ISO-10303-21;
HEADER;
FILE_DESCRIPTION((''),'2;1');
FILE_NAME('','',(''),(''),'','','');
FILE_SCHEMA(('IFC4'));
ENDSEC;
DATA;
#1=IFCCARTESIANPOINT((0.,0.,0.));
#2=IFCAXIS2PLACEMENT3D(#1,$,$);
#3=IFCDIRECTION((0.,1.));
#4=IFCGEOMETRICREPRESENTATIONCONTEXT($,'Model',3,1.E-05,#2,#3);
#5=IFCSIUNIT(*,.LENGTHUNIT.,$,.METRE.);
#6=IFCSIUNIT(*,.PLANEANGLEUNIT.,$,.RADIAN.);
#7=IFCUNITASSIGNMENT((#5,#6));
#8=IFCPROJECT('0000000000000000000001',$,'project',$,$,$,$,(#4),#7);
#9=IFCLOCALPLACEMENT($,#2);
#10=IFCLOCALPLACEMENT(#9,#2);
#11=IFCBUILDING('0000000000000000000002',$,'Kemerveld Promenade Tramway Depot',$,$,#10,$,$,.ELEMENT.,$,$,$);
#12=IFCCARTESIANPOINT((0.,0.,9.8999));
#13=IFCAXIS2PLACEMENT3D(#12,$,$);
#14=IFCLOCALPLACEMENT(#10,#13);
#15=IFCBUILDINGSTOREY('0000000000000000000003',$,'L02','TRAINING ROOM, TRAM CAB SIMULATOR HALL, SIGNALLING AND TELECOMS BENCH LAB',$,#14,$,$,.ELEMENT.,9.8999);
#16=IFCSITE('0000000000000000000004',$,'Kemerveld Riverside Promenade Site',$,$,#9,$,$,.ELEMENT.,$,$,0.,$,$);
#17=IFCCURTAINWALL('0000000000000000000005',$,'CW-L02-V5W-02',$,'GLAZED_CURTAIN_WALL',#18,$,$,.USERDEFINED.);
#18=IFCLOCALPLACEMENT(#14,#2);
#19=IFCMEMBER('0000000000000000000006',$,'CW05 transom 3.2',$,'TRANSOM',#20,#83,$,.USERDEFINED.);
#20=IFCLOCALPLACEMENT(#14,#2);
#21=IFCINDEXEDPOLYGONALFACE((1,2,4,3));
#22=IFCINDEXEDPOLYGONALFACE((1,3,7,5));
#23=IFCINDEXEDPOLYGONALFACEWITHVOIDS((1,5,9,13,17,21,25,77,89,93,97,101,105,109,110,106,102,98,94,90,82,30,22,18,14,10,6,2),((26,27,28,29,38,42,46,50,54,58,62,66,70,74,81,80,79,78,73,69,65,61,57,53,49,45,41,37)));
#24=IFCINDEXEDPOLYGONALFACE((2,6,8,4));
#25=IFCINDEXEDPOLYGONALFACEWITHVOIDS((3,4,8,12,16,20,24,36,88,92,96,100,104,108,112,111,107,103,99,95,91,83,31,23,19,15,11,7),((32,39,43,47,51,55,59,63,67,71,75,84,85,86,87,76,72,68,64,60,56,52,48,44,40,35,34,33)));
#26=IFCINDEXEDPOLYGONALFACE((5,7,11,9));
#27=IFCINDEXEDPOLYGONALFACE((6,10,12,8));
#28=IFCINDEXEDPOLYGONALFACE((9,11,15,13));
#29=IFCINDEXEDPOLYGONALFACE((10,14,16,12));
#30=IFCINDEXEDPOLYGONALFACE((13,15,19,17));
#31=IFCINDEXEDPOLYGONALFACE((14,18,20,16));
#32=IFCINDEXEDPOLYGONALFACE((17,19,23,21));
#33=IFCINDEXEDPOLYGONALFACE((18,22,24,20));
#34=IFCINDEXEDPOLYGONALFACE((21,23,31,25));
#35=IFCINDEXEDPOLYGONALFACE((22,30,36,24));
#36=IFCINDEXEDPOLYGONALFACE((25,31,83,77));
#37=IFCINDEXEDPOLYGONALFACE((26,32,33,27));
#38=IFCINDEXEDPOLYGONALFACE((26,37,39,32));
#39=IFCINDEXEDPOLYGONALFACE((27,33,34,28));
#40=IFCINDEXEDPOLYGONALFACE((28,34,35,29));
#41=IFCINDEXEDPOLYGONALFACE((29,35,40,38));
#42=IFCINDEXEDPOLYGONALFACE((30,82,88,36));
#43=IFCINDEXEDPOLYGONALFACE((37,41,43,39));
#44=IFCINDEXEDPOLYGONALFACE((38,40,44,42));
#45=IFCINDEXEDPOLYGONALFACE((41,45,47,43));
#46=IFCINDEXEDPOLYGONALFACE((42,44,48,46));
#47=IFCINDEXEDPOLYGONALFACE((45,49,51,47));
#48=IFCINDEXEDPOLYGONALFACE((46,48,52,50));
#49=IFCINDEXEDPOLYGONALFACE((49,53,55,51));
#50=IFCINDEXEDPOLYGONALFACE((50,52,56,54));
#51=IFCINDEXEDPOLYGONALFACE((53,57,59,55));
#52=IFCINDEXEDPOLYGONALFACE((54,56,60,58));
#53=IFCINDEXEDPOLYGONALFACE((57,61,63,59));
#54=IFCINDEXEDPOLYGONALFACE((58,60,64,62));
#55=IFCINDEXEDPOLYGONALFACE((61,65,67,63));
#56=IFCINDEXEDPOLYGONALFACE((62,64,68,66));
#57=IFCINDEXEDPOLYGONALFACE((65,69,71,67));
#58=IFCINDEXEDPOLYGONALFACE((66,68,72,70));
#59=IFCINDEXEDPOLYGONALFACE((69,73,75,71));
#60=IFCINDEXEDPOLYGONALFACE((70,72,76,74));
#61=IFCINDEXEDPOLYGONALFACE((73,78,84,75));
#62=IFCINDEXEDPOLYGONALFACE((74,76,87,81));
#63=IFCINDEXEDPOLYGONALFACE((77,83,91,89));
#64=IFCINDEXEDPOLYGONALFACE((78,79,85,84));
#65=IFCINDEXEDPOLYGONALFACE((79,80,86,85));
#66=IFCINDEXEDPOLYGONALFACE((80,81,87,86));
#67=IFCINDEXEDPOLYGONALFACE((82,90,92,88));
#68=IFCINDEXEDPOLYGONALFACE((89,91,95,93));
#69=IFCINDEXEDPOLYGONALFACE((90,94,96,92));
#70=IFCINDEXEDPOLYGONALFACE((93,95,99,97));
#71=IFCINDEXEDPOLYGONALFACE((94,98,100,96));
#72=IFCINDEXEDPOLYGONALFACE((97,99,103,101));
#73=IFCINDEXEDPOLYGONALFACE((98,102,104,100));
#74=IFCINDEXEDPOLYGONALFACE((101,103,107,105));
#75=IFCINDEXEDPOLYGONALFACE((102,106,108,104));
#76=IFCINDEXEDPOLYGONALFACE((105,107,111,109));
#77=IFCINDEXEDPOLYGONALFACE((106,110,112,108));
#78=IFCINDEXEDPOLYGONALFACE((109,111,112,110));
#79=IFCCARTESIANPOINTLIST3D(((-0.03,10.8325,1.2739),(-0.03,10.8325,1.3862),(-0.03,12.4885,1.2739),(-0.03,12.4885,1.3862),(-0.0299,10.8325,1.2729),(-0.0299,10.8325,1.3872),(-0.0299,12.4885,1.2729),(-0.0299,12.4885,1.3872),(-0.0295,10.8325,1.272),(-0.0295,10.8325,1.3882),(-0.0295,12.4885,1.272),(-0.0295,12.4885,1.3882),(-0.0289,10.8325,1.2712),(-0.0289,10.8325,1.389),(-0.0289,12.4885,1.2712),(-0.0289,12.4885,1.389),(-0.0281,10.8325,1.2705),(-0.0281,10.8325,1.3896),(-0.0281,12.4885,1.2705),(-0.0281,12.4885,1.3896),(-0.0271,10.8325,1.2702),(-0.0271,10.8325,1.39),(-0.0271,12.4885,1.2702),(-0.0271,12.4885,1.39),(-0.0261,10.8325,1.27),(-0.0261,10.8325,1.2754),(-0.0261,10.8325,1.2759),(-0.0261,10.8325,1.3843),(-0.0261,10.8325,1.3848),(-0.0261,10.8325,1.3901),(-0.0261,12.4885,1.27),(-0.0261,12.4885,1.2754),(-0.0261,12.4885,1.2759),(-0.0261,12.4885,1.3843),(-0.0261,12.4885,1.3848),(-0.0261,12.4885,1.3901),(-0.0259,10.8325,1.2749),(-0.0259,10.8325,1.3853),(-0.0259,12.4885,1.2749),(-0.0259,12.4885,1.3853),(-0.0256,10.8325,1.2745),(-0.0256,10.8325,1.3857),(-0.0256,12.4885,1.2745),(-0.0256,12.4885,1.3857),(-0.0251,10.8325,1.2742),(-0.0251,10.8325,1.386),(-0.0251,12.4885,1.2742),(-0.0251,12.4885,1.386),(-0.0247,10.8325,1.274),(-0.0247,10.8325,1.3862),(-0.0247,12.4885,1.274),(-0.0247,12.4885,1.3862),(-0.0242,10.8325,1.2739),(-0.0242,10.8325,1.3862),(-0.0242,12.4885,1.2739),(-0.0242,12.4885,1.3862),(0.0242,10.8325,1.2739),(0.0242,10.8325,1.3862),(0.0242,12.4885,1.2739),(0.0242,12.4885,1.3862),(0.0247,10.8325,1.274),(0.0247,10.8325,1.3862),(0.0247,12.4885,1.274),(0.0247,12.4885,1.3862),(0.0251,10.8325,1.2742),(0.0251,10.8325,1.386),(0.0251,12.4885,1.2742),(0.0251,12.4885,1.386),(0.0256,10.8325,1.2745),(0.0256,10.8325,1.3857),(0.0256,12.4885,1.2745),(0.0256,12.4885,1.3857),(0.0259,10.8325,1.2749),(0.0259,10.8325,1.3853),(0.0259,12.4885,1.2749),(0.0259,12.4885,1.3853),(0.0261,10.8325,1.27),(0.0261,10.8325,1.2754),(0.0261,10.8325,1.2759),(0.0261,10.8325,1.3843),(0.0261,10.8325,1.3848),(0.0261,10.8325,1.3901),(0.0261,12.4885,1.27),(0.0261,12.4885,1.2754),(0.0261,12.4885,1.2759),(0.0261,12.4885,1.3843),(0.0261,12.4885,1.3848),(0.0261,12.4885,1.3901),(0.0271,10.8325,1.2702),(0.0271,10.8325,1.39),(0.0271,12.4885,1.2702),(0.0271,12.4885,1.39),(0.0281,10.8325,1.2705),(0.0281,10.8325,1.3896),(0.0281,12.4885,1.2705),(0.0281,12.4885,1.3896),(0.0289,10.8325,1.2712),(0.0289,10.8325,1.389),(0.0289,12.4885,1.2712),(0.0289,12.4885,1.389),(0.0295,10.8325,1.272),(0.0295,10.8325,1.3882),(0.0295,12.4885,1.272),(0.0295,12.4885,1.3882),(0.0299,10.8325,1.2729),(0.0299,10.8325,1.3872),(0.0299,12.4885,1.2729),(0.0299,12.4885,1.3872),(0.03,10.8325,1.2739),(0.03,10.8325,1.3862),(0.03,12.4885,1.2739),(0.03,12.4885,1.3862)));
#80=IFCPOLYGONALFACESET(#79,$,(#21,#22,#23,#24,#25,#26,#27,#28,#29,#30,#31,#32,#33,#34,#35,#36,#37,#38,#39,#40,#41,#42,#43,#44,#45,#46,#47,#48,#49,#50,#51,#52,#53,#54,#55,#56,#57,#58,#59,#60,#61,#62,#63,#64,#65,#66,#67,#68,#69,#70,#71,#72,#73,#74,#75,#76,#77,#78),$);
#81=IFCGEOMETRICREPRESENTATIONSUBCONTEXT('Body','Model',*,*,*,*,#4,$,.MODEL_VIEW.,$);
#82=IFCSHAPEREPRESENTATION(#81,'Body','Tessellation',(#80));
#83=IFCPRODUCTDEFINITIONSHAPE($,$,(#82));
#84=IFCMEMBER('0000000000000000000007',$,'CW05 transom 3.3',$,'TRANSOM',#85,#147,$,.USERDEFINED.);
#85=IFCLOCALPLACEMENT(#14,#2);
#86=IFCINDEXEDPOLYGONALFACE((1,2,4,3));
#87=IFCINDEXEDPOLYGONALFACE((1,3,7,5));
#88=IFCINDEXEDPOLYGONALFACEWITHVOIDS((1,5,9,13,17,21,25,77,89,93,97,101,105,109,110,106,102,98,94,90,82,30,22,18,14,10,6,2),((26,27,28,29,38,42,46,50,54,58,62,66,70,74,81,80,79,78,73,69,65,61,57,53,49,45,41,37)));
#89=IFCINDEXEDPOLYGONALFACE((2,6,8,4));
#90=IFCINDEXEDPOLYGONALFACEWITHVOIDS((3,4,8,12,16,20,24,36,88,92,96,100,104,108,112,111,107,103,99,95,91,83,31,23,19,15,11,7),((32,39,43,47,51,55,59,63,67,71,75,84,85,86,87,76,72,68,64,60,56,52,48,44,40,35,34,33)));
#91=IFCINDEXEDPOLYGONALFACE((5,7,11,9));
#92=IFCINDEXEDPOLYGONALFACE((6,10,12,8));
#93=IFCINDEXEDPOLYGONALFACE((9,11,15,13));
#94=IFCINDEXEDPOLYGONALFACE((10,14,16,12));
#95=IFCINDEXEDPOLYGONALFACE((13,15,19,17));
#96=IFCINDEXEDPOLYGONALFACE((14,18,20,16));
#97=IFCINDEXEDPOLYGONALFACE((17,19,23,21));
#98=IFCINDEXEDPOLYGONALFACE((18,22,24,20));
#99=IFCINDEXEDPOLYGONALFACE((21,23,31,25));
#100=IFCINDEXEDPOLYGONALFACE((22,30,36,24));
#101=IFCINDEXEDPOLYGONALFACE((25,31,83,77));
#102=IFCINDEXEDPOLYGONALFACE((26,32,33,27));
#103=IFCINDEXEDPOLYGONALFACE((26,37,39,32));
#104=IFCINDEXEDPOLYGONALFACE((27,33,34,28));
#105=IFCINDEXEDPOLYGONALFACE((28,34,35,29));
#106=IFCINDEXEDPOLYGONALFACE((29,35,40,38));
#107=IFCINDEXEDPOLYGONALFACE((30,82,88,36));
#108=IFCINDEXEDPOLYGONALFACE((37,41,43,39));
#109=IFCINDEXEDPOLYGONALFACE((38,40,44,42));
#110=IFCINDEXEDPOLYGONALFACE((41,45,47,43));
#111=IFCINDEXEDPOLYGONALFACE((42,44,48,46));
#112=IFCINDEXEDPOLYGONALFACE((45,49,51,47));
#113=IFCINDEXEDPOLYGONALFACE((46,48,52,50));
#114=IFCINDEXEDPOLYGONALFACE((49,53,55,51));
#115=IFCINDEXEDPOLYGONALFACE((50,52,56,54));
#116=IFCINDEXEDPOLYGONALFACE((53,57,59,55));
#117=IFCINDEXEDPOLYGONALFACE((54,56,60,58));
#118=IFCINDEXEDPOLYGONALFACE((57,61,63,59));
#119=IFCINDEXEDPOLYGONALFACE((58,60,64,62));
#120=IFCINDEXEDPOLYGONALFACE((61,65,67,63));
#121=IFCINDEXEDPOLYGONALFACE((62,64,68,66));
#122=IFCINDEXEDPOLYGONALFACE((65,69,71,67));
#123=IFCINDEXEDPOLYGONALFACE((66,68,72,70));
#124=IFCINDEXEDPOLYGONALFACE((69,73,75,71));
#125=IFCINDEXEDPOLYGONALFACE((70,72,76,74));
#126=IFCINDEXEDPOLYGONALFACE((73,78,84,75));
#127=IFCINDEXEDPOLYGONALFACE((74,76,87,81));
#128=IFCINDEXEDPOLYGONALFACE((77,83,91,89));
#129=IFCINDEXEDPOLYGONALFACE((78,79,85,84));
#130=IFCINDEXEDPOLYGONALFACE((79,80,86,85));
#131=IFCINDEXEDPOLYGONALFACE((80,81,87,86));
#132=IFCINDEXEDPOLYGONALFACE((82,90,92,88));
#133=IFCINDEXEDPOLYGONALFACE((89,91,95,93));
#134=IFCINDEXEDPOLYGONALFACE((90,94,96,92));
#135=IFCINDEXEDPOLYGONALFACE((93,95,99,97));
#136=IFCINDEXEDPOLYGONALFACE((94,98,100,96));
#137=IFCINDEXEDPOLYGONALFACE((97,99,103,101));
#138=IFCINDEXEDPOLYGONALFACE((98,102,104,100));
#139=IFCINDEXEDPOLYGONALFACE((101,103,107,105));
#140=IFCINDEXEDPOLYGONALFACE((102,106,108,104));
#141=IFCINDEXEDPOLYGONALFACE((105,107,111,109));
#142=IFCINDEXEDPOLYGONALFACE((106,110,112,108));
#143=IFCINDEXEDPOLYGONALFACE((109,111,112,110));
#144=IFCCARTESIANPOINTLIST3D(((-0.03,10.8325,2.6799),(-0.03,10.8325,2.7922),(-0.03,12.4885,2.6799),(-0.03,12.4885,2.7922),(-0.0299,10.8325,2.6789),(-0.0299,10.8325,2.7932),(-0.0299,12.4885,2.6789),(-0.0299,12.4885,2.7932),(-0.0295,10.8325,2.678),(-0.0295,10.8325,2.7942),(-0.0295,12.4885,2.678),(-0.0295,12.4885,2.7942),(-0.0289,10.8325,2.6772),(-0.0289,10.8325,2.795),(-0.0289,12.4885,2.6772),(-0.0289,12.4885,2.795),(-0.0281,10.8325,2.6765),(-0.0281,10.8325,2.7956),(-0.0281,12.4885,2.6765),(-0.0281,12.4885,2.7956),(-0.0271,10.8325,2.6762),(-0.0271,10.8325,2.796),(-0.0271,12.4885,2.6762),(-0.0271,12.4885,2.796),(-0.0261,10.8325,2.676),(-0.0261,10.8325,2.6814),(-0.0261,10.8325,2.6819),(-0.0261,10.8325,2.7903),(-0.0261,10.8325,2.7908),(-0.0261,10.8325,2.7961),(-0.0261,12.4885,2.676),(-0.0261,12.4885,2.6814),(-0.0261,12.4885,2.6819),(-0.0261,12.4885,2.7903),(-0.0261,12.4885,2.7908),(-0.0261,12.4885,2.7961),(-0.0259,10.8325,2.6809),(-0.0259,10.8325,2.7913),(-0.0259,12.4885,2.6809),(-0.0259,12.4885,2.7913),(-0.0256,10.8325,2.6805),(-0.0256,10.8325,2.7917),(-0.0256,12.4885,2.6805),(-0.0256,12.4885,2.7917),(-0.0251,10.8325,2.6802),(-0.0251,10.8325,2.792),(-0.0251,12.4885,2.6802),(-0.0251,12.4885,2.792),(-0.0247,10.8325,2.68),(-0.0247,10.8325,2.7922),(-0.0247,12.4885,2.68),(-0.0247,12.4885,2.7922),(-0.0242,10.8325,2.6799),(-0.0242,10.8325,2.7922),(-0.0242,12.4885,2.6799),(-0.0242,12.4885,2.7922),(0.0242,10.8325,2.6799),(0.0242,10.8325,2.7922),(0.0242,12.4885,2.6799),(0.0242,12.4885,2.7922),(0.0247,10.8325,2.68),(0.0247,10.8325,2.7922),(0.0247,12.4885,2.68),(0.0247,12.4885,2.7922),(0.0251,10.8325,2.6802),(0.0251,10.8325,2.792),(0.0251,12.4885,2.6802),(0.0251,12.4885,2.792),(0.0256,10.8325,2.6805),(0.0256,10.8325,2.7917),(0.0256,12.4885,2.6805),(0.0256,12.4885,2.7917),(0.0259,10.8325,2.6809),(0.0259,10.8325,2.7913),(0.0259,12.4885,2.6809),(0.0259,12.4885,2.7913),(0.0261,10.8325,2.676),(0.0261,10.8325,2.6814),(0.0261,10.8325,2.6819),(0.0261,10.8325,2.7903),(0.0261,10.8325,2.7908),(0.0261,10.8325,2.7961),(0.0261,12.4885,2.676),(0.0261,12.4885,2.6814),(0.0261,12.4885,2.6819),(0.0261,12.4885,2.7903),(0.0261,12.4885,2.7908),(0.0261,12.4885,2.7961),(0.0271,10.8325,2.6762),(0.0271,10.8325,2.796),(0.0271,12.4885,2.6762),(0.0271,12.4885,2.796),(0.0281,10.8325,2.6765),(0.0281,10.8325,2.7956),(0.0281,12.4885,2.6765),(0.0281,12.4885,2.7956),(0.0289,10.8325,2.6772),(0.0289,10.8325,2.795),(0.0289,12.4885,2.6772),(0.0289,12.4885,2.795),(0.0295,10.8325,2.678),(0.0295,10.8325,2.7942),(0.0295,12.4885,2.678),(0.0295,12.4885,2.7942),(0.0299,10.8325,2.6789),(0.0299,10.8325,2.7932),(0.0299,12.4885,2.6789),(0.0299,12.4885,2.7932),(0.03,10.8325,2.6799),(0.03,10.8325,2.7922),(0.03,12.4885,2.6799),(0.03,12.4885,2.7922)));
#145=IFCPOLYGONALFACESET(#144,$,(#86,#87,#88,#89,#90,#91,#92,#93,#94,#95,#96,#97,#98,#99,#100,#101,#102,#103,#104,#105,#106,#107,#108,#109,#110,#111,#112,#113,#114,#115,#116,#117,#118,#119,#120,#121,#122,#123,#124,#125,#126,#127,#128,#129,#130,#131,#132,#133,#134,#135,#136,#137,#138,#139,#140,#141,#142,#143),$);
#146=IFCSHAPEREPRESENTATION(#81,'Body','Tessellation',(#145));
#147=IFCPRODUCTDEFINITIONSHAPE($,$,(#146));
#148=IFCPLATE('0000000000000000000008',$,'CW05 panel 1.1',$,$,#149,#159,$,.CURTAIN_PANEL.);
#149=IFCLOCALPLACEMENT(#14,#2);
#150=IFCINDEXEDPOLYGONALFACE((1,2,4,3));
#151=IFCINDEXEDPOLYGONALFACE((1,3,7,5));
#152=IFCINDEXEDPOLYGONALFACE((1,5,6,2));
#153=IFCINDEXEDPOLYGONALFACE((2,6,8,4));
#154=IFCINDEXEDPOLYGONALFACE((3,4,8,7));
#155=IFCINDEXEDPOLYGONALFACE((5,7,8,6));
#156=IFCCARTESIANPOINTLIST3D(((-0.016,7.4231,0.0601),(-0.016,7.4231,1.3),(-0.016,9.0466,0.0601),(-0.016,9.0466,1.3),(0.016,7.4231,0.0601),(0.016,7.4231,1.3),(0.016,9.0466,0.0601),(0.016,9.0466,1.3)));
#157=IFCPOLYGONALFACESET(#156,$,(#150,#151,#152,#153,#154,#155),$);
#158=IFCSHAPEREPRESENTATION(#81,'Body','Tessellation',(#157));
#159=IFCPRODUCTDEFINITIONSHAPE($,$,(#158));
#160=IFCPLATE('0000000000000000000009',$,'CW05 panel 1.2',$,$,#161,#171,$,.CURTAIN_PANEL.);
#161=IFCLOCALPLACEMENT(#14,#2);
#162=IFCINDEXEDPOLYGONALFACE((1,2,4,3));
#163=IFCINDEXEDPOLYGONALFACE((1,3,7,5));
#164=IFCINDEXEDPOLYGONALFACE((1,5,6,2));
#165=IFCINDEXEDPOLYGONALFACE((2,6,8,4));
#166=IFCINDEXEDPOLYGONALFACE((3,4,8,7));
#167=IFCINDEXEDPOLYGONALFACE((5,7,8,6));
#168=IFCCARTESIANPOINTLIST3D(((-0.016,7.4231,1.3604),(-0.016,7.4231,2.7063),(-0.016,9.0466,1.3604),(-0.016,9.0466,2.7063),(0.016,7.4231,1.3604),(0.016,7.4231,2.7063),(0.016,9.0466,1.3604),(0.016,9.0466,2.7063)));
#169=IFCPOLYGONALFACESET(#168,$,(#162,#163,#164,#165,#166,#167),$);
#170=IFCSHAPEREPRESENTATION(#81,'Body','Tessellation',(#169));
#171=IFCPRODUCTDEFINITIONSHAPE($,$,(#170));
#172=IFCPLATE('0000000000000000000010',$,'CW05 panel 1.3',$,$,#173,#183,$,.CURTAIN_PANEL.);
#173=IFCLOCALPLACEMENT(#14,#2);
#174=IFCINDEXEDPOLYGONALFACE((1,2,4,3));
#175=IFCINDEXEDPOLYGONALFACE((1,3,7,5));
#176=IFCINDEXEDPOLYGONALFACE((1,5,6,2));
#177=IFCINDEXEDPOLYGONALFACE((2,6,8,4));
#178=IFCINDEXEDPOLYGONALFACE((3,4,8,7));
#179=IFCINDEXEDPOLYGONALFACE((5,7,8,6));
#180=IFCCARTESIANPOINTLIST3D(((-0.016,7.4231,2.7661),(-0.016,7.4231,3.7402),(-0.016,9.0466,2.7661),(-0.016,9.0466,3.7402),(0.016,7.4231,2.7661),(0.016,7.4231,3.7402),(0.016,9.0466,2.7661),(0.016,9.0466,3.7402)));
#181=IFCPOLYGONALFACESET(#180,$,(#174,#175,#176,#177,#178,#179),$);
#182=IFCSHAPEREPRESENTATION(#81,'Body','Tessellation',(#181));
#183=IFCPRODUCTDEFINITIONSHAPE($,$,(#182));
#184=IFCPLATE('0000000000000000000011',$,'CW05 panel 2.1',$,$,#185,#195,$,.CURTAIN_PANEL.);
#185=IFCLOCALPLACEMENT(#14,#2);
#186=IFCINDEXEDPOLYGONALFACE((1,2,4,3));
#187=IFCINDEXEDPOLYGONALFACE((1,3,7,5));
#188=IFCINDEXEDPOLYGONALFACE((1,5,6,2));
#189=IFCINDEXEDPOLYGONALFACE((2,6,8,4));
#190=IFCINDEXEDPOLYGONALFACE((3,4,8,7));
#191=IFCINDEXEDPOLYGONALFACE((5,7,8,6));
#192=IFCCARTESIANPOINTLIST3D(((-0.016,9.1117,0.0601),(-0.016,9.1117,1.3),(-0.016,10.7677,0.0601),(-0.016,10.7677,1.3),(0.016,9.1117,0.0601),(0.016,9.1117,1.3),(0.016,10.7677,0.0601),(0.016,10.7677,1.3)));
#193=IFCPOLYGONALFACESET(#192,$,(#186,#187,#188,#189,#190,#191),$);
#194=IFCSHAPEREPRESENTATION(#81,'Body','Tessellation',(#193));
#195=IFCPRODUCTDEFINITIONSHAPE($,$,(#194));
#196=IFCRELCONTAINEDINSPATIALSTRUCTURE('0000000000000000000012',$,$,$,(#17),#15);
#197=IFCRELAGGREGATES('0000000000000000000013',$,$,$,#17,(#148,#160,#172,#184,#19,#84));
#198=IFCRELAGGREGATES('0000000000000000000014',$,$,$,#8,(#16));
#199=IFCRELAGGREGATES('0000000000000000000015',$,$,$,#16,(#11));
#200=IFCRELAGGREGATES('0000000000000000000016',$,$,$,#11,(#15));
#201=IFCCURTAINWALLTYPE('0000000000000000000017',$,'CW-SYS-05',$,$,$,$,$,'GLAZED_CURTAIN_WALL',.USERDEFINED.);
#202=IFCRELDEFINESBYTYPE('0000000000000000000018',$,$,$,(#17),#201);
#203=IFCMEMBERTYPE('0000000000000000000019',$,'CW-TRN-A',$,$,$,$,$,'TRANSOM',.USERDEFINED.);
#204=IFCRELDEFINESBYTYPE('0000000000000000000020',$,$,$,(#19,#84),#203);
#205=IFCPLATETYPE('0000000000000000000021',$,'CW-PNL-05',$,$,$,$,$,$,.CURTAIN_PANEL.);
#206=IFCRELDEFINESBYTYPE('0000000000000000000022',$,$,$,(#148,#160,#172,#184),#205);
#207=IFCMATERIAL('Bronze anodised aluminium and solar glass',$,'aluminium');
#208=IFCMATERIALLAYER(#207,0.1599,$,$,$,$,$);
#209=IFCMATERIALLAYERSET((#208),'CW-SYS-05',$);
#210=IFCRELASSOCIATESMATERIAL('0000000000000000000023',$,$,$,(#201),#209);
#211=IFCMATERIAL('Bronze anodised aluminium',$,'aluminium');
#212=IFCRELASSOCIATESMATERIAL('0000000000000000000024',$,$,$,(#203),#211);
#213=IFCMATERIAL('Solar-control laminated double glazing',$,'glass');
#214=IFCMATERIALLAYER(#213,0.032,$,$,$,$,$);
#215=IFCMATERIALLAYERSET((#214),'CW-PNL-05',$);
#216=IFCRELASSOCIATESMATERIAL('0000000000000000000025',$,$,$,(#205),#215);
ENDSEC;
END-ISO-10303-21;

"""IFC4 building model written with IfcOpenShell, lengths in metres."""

from ifc_helpers import new_model, si_unit, direction, frame, origin, origin_2d, place, context, subcontext, project, spatial, rectangle, hollow_rectangle, extrude, material, layer, layer_set, material_profile, profile_set, type_object, element, aggregate, save


model = new_model("IFC4")

# Units and contexts
model_context = context("Model", 3, precision=1e-05, world=origin(), true_north=direction((0.0, 1.0)))
body_context = subcontext(model_context, "Body", "Model", "MODEL_VIEW")
ifc_project = project(units=[si_unit("LENGTHUNIT", "METRE"), si_unit("PLANEANGLEUNIT", "RADIAN")], contexts=[model_context])

# Site, building, storey
site_placement = place(None, origin())
site = spatial("IfcSite", under=ifc_project, at=site_placement, Name="Kemerveld Riverside Promenade Site", CompositionType="ELEMENT", RefElevation=0.0)
building_placement = place(site_placement, origin())
building = spatial("IfcBuilding", under=site, at=building_placement, Name="Kemerveld Promenade Tramway Depot", CompositionType="ELEMENT")
storey_placement = place(building_placement, frame((0.0, 0.0, 9.8999)))
storey = spatial("IfcBuildingStorey", under=building, at=storey_placement, Name="L02", Description="TRAINING ROOM, TRAM CAB SIMULATOR HALL, SIGNALLING AND TELECOMS BENCH LAB", CompositionType="ELEMENT", Elevation=9.8999)

# Curtain wall, members, plates
ifc_material_1 = material(Name="Bronze anodised aluminium and solar glass", Category="aluminium")
ifc_layer_1 = layer(ifc_material_1, 0.1599)
ifc_layer_set_1 = layer_set([ifc_layer_1], Name="CW-SYS-05")
curtain_wall_type = type_object("IfcCurtainWallType", Name="CW-SYS-05", ElementType="GLAZED_CURTAIN_WALL", PredefinedType="USERDEFINED", material=ifc_layer_set_1)
curtain_wall_placement = place(storey_placement, origin())
curtain_wall = element("IfcCurtainWall", 1, at=curtain_wall_placement, inside=storey, type_object=curtain_wall_type, Name="CW-L02-V5W-02", ObjectType="GLAZED_CURTAIN_WALL", PredefinedType="USERDEFINED")
ifc_material_2 = material(Name="Bronze anodised aluminium", Category="aluminium")
ifc_material_profile_1 = material_profile(ifc_material_2, hollow_rectangle(XDim=0.0601, YDim=0.1201, WallThickness=0.0039, InnerFilletRadius=0.002, OuterFilletRadius=0.0039, at=origin_2d()), Name="CW-TRN-120x60")
ifc_profile_set_1 = profile_set([ifc_material_profile_1], Name="Bronze anodised aluminium")
member_type_1 = type_object("IfcMemberType", Name="CW-TRN-A", ElementType="TRANSOM", PredefinedType="USERDEFINED", material=ifc_profile_set_1)
member_1_placement = place(storey_placement, frame((0.0, 10.8325, 1.3301), z_axis=(0.0, 1.0, 0.0), x_axis=(-1.0, 0.0, 0.0)))
member_1 = element("IfcMember", 2, at=member_1_placement, type_object=member_type_1, Name="CW05 transom 3.2", ObjectType="TRANSOM", PredefinedType="USERDEFINED", context=body_context, shape_type="SweptSolid", body=[
    extrude(hollow_rectangle(XDim=0.0601, YDim=0.1201, WallThickness=0.0039, InnerFilletRadius=0.002, OuterFilletRadius=0.0039, at=origin_2d()), origin(), (0.0, 0.0, 1.0), 1.656),
])
member_2_placement = place(storey_placement, frame((0.0, 10.8325, 2.7361), z_axis=(0.0, 1.0, 0.0), x_axis=(-1.0, 0.0, 0.0)))
member_2 = element("IfcMember", 3, at=member_2_placement, type_object=member_type_1, Name="CW05 transom 3.3", ObjectType="TRANSOM", PredefinedType="USERDEFINED", context=body_context, shape_type="SweptSolid", body=[
    extrude(hollow_rectangle(XDim=0.0601, YDim=0.1201, WallThickness=0.0039, InnerFilletRadius=0.002, OuterFilletRadius=0.0039, at=origin_2d()), origin(), (0.0, 0.0, 1.0), 1.656),
])
ifc_material_3 = material(Name="Solar-control laminated double glazing", Category="glass")
ifc_layer_2 = layer(ifc_material_3, 0.032)
ifc_layer_set_2 = layer_set([ifc_layer_2], Name="CW-PNL-05")
plate_type = type_object("IfcPlateType", Name="CW-PNL-05", PredefinedType="CURTAIN_PANEL", material=ifc_layer_set_2)
plate_1_placement = place(storey_placement, frame((0.0, 8.2349, 0.0601), z_axis=(0.0, 0.0, 1.0), x_axis=(0.0, 1.0, 0.0)))
plate_1 = element("IfcPlate", 4, at=plate_1_placement, type_object=plate_type, Name="CW05 panel 1.1", PredefinedType="CURTAIN_PANEL", context=body_context, shape_type="SweptSolid", body=[
    extrude(rectangle(XDim=1.6235, YDim=0.032, at=origin_2d()), origin(), (0.0, 0.0, 1.0), 1.24),
])
plate_2_placement = place(storey_placement, frame((0.0, 8.2349, 1.3604), z_axis=(0.0, 0.0, 1.0), x_axis=(0.0, 1.0, 0.0)))
plate_2 = element("IfcPlate", 5, at=plate_2_placement, type_object=plate_type, Name="CW05 panel 1.2", PredefinedType="CURTAIN_PANEL", context=body_context, shape_type="SweptSolid", body=[
    extrude(rectangle(XDim=1.6235, YDim=0.032, at=origin_2d()), origin(), (0.0, 0.0, 1.0), 1.3459),
])
plate_3_placement = place(storey_placement, frame((0.0, 8.2349, 2.7661), z_axis=(0.0, 0.0, 1.0), x_axis=(0.0, 1.0, 0.0)))
plate_3 = element("IfcPlate", 6, at=plate_3_placement, type_object=plate_type, Name="CW05 panel 1.3", PredefinedType="CURTAIN_PANEL", context=body_context, shape_type="SweptSolid", body=[
    extrude(rectangle(XDim=1.6235, YDim=0.032, at=origin_2d()), origin(), (0.0, 0.0, 1.0), 0.9741),
])
plate_4_placement = place(storey_placement, frame((0.0, 9.9397, 0.0601), z_axis=(0.0, 0.0, 1.0), x_axis=(0.0, 1.0, 0.0)))
plate_4 = element("IfcPlate", 7, at=plate_4_placement, type_object=plate_type, Name="CW05 panel 2.1", PredefinedType="CURTAIN_PANEL", context=body_context, shape_type="SweptSolid", body=[
    extrude(rectangle(XDim=1.656, YDim=0.032, at=origin_2d()), origin(), (0.0, 0.0, 1.0), 1.24),
])
aggregate(curtain_wall, [plate_1, plate_2, plate_3, plate_4, member_1, member_2])

save(model, "model.ifc")
